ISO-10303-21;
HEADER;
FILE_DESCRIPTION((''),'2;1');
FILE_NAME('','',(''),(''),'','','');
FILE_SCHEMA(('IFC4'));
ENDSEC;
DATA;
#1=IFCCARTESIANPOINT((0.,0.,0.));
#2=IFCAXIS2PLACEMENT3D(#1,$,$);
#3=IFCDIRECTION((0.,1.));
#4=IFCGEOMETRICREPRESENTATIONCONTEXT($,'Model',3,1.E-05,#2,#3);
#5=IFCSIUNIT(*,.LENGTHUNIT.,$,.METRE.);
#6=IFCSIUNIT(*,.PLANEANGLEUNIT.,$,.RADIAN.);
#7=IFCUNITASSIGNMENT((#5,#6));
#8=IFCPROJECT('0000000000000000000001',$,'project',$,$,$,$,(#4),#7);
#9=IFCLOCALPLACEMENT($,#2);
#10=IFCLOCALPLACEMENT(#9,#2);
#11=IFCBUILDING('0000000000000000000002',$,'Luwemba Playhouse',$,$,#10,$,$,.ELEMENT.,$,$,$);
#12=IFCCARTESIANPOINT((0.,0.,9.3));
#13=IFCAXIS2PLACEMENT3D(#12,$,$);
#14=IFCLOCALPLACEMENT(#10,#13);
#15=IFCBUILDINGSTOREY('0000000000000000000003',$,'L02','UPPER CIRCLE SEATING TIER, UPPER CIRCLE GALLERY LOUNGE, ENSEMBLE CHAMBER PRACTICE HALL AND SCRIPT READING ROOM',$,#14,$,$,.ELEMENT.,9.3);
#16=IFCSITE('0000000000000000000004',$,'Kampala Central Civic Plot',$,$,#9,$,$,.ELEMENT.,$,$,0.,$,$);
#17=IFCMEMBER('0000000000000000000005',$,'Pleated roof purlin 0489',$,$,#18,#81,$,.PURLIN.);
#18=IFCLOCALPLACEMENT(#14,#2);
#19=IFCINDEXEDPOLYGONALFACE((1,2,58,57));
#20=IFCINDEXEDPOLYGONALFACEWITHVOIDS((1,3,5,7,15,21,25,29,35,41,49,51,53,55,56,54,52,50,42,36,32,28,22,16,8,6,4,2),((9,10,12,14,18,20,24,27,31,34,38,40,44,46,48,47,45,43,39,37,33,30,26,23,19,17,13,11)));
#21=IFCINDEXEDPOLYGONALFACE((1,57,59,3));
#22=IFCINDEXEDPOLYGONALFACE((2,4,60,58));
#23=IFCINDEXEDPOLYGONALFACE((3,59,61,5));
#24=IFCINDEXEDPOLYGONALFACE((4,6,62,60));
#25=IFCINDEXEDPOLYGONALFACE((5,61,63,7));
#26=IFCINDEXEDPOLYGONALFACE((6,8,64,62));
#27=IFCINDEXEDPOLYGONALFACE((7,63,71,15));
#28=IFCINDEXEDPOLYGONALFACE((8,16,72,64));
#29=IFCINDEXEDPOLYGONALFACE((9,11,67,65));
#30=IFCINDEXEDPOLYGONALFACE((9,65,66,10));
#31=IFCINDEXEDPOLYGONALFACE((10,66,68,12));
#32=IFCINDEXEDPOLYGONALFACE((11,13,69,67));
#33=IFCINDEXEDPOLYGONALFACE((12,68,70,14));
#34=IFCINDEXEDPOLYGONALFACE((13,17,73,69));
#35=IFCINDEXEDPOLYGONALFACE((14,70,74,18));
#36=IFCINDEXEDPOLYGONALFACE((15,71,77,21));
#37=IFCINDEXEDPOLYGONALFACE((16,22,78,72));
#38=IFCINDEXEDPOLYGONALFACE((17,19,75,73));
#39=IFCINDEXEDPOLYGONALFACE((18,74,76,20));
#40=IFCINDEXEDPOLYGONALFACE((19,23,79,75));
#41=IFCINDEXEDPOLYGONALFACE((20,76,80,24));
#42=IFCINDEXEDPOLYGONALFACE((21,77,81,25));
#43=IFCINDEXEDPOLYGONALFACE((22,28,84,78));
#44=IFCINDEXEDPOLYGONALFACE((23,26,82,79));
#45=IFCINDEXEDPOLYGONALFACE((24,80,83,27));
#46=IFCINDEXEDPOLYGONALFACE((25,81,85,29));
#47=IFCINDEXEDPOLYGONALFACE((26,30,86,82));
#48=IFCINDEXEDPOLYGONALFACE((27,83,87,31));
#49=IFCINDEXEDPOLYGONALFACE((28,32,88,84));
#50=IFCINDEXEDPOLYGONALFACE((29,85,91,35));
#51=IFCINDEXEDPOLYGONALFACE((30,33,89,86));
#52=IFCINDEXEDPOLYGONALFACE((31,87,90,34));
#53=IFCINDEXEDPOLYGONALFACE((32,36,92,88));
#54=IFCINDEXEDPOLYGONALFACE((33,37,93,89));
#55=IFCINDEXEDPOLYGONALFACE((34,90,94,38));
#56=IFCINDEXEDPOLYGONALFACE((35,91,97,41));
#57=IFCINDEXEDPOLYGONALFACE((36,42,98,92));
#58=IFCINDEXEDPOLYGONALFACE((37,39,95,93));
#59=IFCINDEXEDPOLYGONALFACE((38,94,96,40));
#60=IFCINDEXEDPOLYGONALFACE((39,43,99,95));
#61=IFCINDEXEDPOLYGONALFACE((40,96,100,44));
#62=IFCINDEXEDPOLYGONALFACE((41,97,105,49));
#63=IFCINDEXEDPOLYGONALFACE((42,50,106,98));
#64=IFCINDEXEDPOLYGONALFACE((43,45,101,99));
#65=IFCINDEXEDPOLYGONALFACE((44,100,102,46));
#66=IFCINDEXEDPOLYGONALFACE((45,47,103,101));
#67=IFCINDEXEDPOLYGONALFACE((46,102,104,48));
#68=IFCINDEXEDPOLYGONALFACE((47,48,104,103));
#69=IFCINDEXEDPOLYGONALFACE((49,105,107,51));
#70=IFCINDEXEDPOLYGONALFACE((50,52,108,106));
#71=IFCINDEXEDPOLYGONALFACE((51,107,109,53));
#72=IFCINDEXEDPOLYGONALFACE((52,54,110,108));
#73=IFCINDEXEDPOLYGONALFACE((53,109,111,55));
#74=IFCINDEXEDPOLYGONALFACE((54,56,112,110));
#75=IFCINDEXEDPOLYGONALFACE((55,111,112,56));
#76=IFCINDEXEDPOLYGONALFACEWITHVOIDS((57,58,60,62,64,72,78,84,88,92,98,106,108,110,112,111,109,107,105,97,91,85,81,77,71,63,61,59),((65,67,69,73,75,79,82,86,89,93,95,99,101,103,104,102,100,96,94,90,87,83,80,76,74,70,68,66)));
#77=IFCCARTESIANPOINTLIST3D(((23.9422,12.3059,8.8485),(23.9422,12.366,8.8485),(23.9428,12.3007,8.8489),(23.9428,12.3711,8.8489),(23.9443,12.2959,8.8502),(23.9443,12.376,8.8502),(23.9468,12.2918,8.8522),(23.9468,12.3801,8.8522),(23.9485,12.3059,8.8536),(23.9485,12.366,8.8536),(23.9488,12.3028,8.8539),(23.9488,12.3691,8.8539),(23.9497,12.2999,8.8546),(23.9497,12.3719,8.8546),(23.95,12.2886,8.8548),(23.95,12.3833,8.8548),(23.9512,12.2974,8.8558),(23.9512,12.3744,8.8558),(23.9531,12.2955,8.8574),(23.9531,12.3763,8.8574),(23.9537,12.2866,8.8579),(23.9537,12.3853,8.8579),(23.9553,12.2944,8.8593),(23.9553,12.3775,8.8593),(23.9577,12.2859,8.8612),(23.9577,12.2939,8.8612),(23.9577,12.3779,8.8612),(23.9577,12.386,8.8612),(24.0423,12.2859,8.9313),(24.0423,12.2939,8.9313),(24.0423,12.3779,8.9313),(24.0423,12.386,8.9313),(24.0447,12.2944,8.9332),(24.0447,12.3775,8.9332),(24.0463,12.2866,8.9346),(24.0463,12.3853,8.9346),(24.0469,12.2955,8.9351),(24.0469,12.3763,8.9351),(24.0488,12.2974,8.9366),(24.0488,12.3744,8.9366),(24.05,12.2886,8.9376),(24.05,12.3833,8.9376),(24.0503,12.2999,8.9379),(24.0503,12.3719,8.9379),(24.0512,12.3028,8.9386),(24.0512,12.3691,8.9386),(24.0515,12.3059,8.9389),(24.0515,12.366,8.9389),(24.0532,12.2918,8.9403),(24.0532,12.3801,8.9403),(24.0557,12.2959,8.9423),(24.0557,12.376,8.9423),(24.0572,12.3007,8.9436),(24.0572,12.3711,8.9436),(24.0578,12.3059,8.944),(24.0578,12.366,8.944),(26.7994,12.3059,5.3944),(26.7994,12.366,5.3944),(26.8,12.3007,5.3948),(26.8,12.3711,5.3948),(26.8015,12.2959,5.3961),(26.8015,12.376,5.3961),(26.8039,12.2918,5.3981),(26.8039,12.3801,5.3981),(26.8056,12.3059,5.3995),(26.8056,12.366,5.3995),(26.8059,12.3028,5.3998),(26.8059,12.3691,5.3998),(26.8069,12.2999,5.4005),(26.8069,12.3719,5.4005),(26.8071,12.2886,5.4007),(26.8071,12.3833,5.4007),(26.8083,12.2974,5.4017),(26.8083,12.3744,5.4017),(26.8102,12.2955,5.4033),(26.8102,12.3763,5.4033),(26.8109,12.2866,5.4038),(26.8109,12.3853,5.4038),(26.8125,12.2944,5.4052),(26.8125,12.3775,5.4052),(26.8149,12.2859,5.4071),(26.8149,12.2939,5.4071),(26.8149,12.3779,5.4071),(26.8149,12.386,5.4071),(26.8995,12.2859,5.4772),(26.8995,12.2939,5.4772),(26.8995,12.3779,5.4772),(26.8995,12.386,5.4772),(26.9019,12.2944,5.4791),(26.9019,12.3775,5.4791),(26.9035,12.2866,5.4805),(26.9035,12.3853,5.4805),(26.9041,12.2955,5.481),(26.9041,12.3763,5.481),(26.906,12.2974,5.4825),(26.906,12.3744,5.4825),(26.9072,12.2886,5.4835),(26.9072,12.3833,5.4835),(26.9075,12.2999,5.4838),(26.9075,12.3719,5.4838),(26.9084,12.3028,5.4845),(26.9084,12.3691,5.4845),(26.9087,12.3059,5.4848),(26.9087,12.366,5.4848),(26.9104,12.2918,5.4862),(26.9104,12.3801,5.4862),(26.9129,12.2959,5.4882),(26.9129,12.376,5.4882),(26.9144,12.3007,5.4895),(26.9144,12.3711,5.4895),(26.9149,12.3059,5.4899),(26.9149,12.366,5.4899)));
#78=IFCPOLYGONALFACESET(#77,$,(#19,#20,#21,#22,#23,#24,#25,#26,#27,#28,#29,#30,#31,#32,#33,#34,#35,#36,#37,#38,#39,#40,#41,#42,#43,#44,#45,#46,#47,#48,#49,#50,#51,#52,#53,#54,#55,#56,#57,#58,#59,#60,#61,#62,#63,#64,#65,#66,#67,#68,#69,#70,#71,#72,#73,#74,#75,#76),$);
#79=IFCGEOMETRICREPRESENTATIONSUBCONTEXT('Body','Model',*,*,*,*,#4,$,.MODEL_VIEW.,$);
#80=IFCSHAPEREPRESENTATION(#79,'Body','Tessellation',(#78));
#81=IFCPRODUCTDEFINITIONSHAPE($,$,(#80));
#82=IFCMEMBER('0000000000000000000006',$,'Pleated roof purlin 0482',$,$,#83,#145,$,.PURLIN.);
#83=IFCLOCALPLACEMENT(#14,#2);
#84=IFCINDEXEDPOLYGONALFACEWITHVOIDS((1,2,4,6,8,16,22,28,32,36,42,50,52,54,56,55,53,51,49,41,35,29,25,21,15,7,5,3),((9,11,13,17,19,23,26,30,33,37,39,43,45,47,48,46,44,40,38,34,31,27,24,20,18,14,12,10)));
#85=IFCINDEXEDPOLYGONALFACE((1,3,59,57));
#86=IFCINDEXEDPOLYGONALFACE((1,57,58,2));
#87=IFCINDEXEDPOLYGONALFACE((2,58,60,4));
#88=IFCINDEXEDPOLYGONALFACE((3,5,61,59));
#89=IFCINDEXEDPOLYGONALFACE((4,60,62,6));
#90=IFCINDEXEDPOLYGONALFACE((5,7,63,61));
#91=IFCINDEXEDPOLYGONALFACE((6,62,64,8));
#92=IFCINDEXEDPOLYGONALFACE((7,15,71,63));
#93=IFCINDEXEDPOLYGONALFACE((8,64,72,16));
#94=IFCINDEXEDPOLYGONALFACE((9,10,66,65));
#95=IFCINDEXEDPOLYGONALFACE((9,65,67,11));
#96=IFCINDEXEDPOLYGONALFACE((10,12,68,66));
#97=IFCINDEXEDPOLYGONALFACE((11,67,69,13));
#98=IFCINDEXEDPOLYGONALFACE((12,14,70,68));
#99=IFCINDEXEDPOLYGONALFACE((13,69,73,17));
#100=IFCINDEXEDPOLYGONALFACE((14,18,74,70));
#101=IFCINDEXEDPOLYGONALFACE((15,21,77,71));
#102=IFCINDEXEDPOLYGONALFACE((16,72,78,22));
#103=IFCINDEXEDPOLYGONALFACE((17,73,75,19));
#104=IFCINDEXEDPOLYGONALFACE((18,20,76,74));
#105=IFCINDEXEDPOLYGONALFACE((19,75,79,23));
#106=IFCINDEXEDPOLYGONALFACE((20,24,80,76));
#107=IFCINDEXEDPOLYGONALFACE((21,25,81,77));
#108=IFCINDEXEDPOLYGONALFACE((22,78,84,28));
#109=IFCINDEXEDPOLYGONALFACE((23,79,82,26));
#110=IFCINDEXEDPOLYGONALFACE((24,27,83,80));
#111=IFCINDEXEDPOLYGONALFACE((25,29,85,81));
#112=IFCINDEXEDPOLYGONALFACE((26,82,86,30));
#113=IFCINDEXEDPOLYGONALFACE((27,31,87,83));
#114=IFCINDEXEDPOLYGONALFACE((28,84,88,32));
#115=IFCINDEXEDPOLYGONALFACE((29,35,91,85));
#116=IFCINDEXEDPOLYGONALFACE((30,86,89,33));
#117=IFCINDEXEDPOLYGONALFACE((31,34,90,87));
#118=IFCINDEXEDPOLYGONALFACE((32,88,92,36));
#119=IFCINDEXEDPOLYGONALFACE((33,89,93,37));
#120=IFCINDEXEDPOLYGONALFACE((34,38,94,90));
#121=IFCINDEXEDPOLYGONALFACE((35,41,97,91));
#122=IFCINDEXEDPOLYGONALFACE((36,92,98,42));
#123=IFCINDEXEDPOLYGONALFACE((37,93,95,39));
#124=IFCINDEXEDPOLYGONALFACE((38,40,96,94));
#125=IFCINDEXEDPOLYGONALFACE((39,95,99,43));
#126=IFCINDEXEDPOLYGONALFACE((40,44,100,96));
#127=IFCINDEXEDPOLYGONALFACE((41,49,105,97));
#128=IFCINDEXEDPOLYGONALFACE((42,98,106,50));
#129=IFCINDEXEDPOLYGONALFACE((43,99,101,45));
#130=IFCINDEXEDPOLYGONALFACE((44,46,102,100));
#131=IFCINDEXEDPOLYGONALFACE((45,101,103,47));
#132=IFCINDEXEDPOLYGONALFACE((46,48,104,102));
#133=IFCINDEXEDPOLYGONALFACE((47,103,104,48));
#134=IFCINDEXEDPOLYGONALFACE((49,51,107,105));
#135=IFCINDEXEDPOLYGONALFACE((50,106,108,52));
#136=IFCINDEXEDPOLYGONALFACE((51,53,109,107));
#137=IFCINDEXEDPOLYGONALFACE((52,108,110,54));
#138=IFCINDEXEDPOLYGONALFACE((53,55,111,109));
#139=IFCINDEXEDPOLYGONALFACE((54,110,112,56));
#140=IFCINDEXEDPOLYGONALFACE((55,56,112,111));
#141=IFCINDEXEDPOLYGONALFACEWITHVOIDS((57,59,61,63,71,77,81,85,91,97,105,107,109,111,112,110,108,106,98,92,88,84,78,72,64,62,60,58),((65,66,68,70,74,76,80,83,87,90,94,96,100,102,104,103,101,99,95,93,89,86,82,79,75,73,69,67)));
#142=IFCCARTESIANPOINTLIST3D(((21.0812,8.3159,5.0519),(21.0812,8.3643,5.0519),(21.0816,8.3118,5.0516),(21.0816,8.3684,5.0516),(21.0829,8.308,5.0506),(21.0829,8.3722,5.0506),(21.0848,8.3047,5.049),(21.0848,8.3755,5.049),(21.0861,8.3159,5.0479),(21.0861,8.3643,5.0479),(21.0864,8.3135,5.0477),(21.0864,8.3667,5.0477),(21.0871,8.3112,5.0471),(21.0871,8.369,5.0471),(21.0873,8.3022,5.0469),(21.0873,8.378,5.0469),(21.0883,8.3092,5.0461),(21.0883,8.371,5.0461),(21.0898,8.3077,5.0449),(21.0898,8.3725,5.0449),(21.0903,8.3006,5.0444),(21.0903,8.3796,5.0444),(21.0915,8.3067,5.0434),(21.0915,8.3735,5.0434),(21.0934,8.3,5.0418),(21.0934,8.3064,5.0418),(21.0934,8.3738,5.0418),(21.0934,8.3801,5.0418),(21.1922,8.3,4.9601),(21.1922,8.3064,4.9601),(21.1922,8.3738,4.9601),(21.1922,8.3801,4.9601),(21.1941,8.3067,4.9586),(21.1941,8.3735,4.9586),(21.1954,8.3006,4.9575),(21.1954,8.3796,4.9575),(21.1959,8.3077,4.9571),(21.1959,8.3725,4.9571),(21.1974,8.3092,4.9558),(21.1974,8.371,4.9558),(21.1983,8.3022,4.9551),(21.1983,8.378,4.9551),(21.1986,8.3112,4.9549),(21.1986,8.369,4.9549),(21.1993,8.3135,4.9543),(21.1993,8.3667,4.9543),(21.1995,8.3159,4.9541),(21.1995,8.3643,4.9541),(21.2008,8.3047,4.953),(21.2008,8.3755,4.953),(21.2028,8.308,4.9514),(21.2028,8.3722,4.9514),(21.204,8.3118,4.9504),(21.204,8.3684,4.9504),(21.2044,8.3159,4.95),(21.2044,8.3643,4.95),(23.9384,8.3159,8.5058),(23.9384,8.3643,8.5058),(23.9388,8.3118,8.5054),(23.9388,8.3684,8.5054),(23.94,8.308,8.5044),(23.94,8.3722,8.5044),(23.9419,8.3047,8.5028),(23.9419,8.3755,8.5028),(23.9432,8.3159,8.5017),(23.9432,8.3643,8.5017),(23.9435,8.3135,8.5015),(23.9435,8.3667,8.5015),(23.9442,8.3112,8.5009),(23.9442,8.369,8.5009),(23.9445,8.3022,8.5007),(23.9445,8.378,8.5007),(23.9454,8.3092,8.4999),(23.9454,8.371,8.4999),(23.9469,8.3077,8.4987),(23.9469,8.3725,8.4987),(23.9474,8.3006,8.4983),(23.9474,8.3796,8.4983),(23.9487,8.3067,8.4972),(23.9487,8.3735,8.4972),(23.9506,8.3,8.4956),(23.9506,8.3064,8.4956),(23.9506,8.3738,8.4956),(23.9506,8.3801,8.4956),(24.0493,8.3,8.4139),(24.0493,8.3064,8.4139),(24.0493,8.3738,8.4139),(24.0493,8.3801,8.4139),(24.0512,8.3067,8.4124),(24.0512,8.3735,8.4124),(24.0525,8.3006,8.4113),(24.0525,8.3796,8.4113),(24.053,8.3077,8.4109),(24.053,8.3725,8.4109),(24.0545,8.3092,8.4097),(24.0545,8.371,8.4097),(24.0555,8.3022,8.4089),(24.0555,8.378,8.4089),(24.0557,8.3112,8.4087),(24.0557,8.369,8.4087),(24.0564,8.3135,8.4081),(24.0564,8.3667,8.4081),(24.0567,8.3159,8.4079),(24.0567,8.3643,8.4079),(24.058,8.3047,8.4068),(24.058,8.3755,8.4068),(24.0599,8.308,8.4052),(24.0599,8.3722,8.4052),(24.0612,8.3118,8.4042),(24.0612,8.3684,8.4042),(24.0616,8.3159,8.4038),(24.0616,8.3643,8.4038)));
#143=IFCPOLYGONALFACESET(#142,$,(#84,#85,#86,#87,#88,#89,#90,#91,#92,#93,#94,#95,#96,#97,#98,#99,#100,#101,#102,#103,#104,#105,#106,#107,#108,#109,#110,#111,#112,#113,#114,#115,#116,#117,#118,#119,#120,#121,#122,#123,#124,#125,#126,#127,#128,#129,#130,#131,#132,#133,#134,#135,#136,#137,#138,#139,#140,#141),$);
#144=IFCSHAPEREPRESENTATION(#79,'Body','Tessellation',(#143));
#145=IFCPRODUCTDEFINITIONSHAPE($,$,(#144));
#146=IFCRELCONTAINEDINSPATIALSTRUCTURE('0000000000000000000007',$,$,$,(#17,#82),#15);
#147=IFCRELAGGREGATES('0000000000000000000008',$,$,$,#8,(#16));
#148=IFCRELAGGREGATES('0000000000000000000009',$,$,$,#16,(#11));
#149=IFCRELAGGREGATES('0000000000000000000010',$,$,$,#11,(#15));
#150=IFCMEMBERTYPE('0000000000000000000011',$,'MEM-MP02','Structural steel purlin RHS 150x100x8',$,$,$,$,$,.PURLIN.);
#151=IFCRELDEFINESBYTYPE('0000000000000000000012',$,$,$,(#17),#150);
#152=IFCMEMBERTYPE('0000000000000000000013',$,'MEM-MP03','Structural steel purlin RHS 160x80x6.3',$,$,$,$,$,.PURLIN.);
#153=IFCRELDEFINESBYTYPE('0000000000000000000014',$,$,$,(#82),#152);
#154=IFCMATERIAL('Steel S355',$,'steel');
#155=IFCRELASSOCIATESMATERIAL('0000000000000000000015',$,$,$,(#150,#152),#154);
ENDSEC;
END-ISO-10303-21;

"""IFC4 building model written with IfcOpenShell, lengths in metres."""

from ifc_helpers import new_model, si_unit, direction, frame, origin, origin_2d, place, context, subcontext, project, spatial, hollow_rectangle, extrude, material, material_profile, profile_set, type_object, element, save


model = new_model("IFC4")

# Units and contexts
model_context = context("Model", 3, precision=1e-05, world=origin(), true_north=direction((0.0, 1.0)))
body_context = subcontext(model_context, "Body", "Model", "MODEL_VIEW")
ifc_project = project(units=[si_unit("LENGTHUNIT", "METRE"), si_unit("PLANEANGLEUNIT", "RADIAN")], contexts=[model_context])

# Site, building, storey
site_placement = place(None, origin())
site = spatial("IfcSite", under=ifc_project, at=site_placement, Name="Kampala Central Civic Plot", CompositionType="ELEMENT", RefElevation=0.0)
building_placement = place(site_placement, origin())
building = spatial("IfcBuilding", under=site, at=building_placement, Name="Luwemba Playhouse", CompositionType="ELEMENT")
storey_placement = place(building_placement, frame((0.0, 0.0, 9.3)))
storey = spatial("IfcBuildingStorey", under=building, at=storey_placement, Name="L02", Description="UPPER CIRCLE SEATING TIER, UPPER CIRCLE GALLERY LOUNGE, ENSEMBLE CHAMBER PRACTICE HALL AND SCRIPT READING ROOM", CompositionType="ELEMENT", Elevation=9.3)

# Shared definitions
ifc_material_1 = material(Name="Steel S355", Category="steel")

# Members
ifc_material_profile_1 = material_profile(ifc_material_1, hollow_rectangle(XDim=0.1001, YDim=0.1499, WallThickness=0.0081, InnerFilletRadius=0.012, OuterFilletRadius=0.02, at=origin_2d()))
ifc_profile_set_1 = profile_set([ifc_material_profile_1], Name="Steel S355")
member_type_1 = type_object("IfcMemberType", Name="MEM-MP02", Description="Structural steel purlin RHS 150x100x8", PredefinedType="PURLIN", material=ifc_profile_set_1)
for number, where, z_axis, x_axis, name in (
    (1, (24.0, 12.3359, 8.8962), (0.637384, 0.0, -0.770547), (0.0, 1.0, 0.0), "Pleated roof purlin 0489"),
):
    element("IfcMember", number, at=place(storey_placement, frame(where, z_axis=z_axis, x_axis=x_axis)), inside=storey, type_object=member_type_1, Name=name, PredefinedType="PURLIN", context=body_context, shape_type="SweptSolid", body=[
        extrude(hollow_rectangle(XDim=0.1001, YDim=0.1499, WallThickness=0.0081, InnerFilletRadius=0.012, OuterFilletRadius=0.02, at=origin_2d()), origin(), (0.0, 0.0, 1.0), 4.4827),
    ])
ifc_material_profile_2 = material_profile(ifc_material_1, hollow_rectangle(XDim=0.0801, YDim=0.1599, WallThickness=0.0063, InnerFilletRadius=0.0095, OuterFilletRadius=0.0159, at=origin_2d()))
ifc_profile_set_2 = profile_set([ifc_material_profile_2], Name="Steel S355")
member_type_2 = type_object("IfcMemberType", Name="MEM-MP03", Description="Structural steel purlin RHS 160x80x6.3", PredefinedType="PURLIN", material=ifc_profile_set_2)
member_1_placement = place(storey_placement, frame((21.1428, 8.3401, 5.001), z_axis=(0.637411, 0.0, 0.770524), x_axis=(0.0, 1.0, 0.0)))
element("IfcMember", 2, at=member_1_placement, inside=storey, type_object=member_type_2, Name="Pleated roof purlin 0482", PredefinedType="PURLIN", context=body_context, shape_type="SweptSolid", body=[
    extrude(hollow_rectangle(XDim=0.0801, YDim=0.1599, WallThickness=0.0063, InnerFilletRadius=0.0095, OuterFilletRadius=0.0159, at=origin_2d()), origin(), (0.0, 0.0, 1.0), 4.4824),
])

save(model, "model.ifc")
